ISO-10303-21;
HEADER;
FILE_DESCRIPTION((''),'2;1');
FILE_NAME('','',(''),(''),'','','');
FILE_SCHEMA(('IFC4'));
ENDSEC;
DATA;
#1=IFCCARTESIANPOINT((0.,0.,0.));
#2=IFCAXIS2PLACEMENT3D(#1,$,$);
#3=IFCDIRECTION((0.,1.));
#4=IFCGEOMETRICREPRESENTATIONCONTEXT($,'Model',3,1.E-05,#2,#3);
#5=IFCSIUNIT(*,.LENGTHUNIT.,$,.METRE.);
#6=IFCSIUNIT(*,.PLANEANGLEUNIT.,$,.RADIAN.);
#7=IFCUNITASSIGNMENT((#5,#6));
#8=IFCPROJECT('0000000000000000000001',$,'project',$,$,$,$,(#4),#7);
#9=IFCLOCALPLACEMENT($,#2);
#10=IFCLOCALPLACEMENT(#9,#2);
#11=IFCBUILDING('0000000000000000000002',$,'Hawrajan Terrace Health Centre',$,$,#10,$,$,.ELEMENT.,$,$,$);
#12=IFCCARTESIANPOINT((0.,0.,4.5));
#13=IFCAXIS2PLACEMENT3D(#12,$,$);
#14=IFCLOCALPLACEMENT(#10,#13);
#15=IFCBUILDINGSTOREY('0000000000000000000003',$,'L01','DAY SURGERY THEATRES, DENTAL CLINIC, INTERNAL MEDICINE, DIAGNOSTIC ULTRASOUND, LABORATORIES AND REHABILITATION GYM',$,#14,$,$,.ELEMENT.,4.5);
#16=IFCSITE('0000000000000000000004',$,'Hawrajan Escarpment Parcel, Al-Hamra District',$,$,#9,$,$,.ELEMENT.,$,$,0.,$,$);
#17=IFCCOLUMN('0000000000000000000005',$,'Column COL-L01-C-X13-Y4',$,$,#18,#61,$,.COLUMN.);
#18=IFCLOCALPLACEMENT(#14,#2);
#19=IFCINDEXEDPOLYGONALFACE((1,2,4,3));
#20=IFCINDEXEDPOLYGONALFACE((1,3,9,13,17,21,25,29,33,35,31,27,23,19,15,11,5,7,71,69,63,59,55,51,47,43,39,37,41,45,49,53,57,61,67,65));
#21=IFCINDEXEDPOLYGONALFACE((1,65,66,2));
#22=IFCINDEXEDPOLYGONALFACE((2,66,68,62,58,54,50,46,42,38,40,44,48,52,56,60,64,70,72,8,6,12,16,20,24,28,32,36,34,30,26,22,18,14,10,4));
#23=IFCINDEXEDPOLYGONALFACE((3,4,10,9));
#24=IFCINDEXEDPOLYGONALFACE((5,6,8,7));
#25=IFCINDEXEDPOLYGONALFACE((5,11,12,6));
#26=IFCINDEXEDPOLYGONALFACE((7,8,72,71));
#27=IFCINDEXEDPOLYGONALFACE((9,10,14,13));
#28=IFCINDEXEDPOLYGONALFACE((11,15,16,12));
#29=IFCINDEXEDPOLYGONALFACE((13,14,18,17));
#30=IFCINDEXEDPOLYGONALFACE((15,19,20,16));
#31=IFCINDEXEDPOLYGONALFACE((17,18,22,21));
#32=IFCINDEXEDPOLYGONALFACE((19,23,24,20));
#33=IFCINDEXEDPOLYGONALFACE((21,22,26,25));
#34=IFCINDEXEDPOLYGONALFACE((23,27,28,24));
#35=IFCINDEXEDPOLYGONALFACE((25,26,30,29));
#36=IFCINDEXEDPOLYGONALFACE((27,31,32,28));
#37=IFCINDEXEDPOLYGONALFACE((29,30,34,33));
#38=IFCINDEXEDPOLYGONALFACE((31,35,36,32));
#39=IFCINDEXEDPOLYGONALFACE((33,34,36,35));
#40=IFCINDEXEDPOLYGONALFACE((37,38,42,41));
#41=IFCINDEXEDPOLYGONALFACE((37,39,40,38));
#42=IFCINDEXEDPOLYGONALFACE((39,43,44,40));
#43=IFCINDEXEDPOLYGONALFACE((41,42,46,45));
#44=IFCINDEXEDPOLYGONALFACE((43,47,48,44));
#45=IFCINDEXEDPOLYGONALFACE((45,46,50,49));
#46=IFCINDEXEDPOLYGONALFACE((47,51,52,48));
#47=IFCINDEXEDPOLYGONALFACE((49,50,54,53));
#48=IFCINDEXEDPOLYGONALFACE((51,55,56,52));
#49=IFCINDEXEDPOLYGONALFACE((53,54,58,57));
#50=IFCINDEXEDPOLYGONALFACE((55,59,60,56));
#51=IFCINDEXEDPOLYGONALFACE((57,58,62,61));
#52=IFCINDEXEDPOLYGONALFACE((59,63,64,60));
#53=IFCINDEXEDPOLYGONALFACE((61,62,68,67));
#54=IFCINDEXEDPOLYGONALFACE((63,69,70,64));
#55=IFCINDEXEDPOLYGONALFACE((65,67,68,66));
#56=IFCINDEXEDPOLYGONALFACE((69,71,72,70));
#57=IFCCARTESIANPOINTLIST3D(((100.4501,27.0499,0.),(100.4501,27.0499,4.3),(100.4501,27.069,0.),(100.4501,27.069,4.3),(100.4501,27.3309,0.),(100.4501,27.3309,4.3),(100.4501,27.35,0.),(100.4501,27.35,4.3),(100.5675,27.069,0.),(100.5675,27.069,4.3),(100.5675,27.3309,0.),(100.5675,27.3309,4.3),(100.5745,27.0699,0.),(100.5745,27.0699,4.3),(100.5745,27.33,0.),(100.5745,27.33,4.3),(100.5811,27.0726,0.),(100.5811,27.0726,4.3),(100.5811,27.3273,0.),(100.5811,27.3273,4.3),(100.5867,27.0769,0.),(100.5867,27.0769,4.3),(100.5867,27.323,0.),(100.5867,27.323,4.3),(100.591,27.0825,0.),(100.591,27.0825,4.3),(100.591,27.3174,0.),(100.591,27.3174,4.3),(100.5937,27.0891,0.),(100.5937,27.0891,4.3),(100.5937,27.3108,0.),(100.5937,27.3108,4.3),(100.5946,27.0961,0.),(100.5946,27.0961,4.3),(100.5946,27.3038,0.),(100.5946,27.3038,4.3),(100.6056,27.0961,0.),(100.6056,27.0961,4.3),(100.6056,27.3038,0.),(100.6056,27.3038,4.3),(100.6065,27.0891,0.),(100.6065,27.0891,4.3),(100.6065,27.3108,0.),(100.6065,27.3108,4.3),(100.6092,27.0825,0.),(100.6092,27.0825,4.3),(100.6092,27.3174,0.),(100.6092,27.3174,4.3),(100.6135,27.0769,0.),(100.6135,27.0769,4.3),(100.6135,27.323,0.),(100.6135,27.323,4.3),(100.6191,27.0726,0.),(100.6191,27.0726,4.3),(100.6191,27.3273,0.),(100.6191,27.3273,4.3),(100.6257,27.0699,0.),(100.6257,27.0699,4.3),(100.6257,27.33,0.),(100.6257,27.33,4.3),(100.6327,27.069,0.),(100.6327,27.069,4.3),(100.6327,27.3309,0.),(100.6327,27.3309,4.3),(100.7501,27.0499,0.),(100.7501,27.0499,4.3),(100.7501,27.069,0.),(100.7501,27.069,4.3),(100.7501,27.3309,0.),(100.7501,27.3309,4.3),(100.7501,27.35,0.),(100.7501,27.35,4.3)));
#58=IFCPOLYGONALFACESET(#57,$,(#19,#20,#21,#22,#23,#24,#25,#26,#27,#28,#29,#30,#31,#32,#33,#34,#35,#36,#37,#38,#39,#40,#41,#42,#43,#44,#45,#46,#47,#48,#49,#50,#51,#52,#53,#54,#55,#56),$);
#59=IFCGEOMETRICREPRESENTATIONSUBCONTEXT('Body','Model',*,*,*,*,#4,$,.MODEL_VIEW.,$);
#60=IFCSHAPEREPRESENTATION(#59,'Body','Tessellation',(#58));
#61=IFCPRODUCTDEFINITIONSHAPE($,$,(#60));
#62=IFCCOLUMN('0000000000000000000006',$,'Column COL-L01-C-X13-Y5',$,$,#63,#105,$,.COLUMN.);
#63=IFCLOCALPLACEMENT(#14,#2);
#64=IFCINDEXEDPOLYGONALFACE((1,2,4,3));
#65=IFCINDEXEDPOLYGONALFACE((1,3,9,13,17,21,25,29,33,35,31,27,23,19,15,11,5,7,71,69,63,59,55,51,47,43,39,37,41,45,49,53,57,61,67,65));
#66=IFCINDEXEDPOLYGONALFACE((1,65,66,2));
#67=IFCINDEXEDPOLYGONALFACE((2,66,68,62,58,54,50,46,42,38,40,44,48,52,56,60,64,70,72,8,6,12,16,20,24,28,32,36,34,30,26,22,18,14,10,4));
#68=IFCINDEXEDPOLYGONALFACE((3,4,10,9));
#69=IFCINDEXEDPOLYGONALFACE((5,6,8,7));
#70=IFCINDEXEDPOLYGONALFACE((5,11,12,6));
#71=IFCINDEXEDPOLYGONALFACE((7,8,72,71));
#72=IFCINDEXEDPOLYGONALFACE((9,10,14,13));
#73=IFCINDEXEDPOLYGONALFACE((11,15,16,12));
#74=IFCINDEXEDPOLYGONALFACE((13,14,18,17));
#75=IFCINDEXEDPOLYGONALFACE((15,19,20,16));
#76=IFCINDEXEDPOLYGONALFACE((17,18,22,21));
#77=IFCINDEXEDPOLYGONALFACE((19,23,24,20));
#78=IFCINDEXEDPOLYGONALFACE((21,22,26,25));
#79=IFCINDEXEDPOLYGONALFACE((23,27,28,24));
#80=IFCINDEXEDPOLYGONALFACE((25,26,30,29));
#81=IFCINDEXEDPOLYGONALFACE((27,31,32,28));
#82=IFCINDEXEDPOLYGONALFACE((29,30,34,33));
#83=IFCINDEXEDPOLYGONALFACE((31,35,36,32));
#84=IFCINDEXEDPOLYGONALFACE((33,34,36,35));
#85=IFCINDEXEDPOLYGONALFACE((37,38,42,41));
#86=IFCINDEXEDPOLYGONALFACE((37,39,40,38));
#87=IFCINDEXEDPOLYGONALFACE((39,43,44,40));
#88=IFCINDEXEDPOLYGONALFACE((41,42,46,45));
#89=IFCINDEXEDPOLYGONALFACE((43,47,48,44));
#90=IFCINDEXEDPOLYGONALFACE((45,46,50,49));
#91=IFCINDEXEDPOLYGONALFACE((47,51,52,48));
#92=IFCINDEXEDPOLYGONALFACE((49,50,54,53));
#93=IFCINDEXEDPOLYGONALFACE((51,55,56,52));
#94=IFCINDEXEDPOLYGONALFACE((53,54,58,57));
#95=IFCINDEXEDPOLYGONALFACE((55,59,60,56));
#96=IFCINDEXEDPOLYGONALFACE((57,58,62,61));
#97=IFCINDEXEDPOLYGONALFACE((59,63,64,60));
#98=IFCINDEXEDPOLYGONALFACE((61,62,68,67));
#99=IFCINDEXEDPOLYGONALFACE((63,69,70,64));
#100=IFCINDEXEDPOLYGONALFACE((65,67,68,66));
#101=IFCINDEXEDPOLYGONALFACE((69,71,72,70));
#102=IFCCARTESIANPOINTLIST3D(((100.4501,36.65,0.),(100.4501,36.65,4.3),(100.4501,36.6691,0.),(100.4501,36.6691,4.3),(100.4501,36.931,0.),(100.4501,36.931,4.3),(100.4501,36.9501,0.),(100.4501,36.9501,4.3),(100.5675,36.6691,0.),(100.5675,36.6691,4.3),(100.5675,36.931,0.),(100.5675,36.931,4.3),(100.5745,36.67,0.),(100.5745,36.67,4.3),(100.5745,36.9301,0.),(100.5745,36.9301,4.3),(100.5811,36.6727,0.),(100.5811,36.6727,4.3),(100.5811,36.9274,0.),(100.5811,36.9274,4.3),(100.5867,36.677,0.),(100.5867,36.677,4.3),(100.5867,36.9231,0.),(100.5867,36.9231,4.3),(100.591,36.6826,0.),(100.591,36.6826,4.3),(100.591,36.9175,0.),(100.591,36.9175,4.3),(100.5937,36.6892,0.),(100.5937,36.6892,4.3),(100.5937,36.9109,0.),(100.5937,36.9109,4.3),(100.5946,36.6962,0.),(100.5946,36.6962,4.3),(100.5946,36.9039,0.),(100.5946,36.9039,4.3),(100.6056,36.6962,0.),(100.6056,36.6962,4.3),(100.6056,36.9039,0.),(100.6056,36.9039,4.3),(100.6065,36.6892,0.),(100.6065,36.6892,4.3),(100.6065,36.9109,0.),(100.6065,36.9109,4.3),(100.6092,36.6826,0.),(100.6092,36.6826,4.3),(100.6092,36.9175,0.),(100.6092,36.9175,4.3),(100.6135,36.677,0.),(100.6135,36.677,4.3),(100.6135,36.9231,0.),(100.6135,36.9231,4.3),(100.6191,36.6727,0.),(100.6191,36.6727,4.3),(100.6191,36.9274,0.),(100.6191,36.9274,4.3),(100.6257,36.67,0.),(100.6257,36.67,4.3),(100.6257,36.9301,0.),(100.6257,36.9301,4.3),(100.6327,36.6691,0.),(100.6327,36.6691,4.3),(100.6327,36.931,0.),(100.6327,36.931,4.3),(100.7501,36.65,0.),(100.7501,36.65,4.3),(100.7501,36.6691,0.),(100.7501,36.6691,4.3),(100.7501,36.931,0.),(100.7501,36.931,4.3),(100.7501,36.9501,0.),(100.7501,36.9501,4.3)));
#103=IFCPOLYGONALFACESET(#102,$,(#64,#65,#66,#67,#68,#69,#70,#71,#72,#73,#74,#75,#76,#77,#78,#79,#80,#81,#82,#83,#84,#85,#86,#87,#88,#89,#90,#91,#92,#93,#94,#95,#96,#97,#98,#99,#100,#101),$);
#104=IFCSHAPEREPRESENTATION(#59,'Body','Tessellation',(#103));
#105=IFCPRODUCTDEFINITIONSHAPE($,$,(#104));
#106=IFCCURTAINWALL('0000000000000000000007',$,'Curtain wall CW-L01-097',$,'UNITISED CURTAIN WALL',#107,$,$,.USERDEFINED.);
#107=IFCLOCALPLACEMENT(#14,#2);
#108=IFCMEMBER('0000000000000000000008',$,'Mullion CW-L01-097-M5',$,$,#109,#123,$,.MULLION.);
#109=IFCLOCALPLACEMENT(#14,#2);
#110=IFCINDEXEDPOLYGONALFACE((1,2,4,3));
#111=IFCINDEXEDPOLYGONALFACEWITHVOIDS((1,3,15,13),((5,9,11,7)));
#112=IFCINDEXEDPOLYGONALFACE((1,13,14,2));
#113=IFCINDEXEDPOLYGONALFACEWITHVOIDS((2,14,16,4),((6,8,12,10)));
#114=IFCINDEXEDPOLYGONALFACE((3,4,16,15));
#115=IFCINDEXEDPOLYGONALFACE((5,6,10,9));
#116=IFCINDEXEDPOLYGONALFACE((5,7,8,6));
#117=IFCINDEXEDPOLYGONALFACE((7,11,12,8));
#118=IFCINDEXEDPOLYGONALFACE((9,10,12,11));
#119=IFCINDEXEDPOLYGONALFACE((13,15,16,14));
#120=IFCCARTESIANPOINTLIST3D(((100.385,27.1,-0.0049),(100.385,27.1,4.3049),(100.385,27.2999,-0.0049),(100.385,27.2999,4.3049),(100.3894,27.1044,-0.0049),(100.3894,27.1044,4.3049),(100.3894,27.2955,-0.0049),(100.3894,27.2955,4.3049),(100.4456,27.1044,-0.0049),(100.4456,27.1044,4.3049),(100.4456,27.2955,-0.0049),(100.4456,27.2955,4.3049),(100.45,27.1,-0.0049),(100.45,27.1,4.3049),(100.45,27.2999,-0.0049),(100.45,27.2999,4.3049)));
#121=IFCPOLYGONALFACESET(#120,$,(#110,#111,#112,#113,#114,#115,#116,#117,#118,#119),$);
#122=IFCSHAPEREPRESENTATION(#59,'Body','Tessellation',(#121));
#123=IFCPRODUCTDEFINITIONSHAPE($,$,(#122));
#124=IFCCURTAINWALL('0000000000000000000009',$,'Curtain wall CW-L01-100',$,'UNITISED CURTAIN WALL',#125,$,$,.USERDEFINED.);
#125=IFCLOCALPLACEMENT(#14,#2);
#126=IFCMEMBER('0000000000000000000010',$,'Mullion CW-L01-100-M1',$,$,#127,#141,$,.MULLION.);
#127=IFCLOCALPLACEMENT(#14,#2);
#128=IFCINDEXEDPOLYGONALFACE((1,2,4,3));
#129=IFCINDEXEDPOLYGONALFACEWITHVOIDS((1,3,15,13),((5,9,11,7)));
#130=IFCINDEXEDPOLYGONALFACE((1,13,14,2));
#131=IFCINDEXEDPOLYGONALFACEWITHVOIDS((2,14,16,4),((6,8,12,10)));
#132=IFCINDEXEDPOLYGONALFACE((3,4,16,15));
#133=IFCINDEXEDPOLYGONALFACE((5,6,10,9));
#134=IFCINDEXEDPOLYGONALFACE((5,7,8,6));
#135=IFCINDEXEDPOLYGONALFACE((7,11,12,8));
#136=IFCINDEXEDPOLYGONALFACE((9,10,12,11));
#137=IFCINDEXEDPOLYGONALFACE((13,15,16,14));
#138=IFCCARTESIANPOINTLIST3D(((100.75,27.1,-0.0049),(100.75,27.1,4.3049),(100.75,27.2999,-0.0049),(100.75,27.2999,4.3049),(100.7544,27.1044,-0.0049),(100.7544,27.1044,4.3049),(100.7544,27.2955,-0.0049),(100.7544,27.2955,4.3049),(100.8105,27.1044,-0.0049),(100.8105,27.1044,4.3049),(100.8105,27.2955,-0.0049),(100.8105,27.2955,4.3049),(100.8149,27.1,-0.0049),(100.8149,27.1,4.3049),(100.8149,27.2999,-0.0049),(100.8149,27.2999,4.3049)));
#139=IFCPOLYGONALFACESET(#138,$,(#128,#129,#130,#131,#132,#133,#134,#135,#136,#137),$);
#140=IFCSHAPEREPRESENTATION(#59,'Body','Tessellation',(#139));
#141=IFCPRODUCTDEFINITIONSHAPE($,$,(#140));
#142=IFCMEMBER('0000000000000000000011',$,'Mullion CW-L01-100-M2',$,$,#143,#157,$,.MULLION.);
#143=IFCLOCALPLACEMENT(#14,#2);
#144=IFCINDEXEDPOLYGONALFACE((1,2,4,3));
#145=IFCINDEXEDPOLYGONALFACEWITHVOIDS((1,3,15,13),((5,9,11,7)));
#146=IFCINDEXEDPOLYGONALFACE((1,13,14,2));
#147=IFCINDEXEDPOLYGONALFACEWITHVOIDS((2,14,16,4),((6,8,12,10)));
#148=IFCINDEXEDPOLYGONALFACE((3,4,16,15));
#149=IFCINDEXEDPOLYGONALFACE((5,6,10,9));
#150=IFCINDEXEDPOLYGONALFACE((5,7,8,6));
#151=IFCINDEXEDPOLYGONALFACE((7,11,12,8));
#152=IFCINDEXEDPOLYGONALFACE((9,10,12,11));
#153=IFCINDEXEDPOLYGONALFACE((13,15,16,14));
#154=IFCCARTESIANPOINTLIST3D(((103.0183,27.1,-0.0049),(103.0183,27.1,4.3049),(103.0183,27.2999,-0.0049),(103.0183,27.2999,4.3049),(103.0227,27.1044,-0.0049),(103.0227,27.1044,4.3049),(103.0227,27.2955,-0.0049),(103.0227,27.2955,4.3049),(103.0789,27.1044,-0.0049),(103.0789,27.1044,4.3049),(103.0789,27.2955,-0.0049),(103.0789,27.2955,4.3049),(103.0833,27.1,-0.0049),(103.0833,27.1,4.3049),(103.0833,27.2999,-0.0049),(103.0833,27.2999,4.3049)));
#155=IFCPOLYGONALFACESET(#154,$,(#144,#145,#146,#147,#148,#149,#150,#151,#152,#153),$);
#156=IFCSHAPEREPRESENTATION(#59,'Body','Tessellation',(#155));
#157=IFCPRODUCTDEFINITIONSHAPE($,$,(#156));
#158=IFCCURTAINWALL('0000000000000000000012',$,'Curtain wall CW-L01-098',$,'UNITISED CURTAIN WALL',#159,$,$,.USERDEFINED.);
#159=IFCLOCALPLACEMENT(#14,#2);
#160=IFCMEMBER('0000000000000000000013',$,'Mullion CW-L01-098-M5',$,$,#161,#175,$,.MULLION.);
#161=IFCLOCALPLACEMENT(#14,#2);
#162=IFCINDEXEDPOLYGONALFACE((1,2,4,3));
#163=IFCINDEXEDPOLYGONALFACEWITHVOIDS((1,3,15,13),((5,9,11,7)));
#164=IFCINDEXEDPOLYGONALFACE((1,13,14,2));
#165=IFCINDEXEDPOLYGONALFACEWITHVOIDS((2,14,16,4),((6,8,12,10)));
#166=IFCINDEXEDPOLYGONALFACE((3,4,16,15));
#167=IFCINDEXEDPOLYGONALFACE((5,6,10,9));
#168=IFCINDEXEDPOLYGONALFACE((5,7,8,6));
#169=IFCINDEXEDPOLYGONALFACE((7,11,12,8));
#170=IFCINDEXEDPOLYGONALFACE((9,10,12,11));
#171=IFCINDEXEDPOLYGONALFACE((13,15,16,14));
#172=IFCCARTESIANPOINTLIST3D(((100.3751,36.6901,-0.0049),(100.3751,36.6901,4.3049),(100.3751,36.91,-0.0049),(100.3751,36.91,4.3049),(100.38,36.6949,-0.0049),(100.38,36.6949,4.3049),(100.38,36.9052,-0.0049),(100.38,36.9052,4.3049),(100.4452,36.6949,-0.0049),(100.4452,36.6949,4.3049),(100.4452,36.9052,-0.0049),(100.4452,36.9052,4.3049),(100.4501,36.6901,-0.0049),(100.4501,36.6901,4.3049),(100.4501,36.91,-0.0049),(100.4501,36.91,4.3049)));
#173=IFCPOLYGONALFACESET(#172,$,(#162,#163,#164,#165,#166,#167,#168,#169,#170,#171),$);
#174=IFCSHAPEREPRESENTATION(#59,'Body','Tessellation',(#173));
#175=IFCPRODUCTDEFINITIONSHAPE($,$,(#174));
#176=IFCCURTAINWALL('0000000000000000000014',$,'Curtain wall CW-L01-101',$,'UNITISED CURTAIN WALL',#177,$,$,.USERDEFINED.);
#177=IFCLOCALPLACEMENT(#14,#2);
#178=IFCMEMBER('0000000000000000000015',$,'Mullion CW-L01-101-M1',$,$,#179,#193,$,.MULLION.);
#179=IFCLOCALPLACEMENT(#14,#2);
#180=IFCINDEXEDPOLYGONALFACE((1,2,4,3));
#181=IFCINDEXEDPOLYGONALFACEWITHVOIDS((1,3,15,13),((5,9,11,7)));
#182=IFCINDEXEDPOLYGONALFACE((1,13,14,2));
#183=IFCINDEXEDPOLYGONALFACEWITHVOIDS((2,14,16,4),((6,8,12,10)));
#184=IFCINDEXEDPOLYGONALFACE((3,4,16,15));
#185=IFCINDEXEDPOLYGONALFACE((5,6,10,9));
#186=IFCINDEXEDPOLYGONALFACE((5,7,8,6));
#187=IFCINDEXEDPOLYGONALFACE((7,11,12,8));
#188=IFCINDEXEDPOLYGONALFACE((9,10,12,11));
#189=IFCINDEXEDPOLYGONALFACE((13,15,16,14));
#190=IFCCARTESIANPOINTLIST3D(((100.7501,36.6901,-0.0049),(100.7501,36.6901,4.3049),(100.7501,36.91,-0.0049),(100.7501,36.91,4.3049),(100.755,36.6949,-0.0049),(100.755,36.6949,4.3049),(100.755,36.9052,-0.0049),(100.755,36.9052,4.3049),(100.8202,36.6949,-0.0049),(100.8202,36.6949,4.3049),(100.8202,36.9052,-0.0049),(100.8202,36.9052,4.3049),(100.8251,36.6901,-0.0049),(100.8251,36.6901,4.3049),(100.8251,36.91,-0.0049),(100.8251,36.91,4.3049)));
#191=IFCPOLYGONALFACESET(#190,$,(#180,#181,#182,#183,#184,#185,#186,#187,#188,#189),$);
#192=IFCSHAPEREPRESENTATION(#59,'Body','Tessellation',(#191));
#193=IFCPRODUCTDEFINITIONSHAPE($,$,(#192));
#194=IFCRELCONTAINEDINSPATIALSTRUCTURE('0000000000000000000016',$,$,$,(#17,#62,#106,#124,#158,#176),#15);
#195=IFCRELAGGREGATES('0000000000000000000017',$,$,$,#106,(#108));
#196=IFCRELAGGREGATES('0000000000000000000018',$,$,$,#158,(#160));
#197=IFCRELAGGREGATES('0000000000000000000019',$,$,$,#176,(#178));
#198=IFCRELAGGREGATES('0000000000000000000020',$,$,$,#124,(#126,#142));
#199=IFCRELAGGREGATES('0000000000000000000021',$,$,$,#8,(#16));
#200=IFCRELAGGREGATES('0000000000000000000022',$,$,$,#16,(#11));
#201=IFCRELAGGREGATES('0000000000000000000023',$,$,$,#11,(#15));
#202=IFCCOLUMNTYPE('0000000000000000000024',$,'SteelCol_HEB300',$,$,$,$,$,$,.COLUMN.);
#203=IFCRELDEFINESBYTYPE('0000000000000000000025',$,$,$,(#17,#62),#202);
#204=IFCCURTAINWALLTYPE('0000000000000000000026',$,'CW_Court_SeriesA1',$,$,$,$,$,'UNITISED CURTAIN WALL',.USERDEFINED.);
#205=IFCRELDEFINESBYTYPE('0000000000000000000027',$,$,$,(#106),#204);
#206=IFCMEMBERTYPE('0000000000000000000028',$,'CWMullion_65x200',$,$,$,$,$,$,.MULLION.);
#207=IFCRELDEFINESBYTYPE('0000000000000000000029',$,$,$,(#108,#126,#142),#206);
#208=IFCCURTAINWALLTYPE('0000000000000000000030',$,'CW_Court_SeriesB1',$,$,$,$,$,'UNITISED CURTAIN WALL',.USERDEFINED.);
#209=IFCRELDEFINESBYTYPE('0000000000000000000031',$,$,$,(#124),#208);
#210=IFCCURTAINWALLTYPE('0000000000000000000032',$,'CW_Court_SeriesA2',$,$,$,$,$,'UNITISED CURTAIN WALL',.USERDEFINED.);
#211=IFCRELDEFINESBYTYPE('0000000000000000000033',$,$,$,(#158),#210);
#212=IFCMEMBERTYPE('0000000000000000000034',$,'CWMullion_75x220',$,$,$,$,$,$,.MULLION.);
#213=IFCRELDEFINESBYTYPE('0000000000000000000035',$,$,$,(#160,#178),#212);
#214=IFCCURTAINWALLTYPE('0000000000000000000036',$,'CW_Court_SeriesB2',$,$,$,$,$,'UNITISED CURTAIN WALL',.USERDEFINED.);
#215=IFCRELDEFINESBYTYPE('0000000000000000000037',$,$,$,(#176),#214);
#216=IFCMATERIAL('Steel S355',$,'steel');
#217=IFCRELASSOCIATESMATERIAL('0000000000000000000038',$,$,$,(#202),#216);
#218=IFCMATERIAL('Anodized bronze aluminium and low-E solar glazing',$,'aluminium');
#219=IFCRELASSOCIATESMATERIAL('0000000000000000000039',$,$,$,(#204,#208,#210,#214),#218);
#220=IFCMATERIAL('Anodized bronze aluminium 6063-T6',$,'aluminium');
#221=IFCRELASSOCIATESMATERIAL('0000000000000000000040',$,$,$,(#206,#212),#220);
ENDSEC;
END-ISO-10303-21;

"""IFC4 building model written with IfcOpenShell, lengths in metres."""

from ifc_helpers import new_model, si_unit, direction, frame, origin, origin_2d, place, context, subcontext, project, spatial, hollow_rectangle, i_section, extrude, material, material_profile, profile_set, type_object, element, aggregate, save


model = new_model("IFC4")

# Units and contexts
model_context = context("Model", 3, precision=1e-05, world=origin(), true_north=direction((0.0, 1.0)))
body_context = subcontext(model_context, "Body", "Model", "MODEL_VIEW")
ifc_project = project(units=[si_unit("LENGTHUNIT", "METRE"), si_unit("PLANEANGLEUNIT", "RADIAN")], contexts=[model_context])

# Site, building, storey
site_placement = place(None, origin())
site = spatial("IfcSite", under=ifc_project, at=site_placement, Name="Hawrajan Escarpment Parcel, Al-Hamra District", CompositionType="ELEMENT", RefElevation=0.0)
building_placement = place(site_placement, origin())
building = spatial("IfcBuilding", under=site, at=building_placement, Name="Hawrajan Terrace Health Centre", CompositionType="ELEMENT")
storey_placement = place(building_placement, frame((0.0, 0.0, 4.5)))
storey = spatial("IfcBuildingStorey", under=building, at=storey_placement, Name="L01", Description="DAY SURGERY THEATRES, DENTAL CLINIC, INTERNAL MEDICINE, DIAGNOSTIC ULTRASOUND, LABORATORIES AND REHABILITATION GYM", CompositionType="ELEMENT", Elevation=4.5)

# Columns
ifc_material_1 = material(Name="Steel S355", Category="steel")
ifc_material_profile_1 = material_profile(ifc_material_1, i_section(OverallWidth=0.3, OverallDepth=0.3, WebThickness=0.011, FlangeThickness=0.019, FilletRadius=0.0271, at=origin_2d()), Name="HEB 300")
ifc_profile_set_1 = profile_set([ifc_material_profile_1], Name="Steel S355")
column_type = type_object("IfcColumnType", Name="SteelCol_HEB300", PredefinedType="COLUMN", material=ifc_profile_set_1)
for number, where, z_axis, x_axis, name in (
    (1, (100.6001, 27.2, 0.0), (0.0, 0.0, 1.0), (1.0, 0.0, 0.0), "Column COL-L01-C-X13-Y4"),
    (2, (100.6001, 36.8, 0.0), (0.0, 0.0, 1.0), (1.0, 0.0, 0.0), "Column COL-L01-C-X13-Y5"),
):
    element("IfcColumn", number, at=place(storey_placement, frame(where, z_axis=z_axis, x_axis=x_axis)), inside=storey, type_object=column_type, Name=name, PredefinedType="COLUMN", context=body_context, shape_type="SweptSolid", body=[
        extrude(i_section(OverallWidth=0.3, OverallDepth=0.3, WebThickness=0.011, FlangeThickness=0.019, FilletRadius=0.0271, at=origin_2d()), origin(), (0.0, 0.0, 1.0), 4.3),
    ])

# Curtain wall, member
ifc_material_2 = material(Name="Anodized bronze aluminium and low-E solar glazing", Category="aluminium")
curtain_wall_type_1 = type_object("IfcCurtainWallType", Name="CW_Court_SeriesA1", ElementType="UNITISED CURTAIN WALL", PredefinedType="USERDEFINED", material=ifc_material_2)
curtain_wall_1_placement = place(storey_placement, origin())
curtain_wall_1 = element("IfcCurtainWall", 3, at=curtain_wall_1_placement, inside=storey, type_object=curtain_wall_type_1, Name="Curtain wall CW-L01-097", ObjectType="UNITISED CURTAIN WALL", PredefinedType="USERDEFINED")
ifc_material_3 = material(Name="Anodized bronze aluminium 6063-T6", Category="aluminium")
ifc_material_profile_2 = material_profile(ifc_material_3, hollow_rectangle(XDim=0.0649, YDim=0.2, WallThickness=0.0044, at=origin_2d()), Name="CW MUL 65x200")
ifc_profile_set_2 = profile_set([ifc_material_profile_2], Name="Anodized bronze aluminium 6063-T6")
member_type_1 = type_object("IfcMemberType", Name="CWMullion_65x200", PredefinedType="MULLION", material=ifc_profile_set_2)
member_1_placement = place(storey_placement, frame((100.4175, 27.2, -0.0049), z_axis=(0.0, 0.0, 1.0), x_axis=(1.0, 0.0, 0.0)))
member_1 = element("IfcMember", 4, at=member_1_placement, type_object=member_type_1, Name="Mullion CW-L01-097-M5", PredefinedType="MULLION", context=body_context, shape_type="SweptSolid", body=[
    extrude(hollow_rectangle(XDim=0.0649, YDim=0.2, WallThickness=0.0044, at=origin_2d()), origin(), (0.0, 0.0, 1.0), 4.3098),
])
aggregate(curtain_wall_1, [member_1])

# Curtain wall, members
curtain_wall_type_2 = type_object("IfcCurtainWallType", Name="CW_Court_SeriesB1", ElementType="UNITISED CURTAIN WALL", PredefinedType="USERDEFINED", material=ifc_material_2)
curtain_wall_2_placement = place(storey_placement, origin())
curtain_wall_2 = element("IfcCurtainWall", 5, at=curtain_wall_2_placement, inside=storey, type_object=curtain_wall_type_2, Name="Curtain wall CW-L01-100", ObjectType="UNITISED CURTAIN WALL", PredefinedType="USERDEFINED")
member_2_placement = place(storey_placement, frame((100.7825, 27.2, -0.0049), z_axis=(0.0, 0.0, 1.0), x_axis=(1.0, 0.0, 0.0)))
member_2 = element("IfcMember", 6, at=member_2_placement, type_object=member_type_1, Name="Mullion CW-L01-100-M1", PredefinedType="MULLION", context=body_context, shape_type="SweptSolid", body=[
    extrude(hollow_rectangle(XDim=0.0649, YDim=0.2, WallThickness=0.0044, at=origin_2d()), origin(), (0.0, 0.0, 1.0), 4.3098),
])
member_3_placement = place(storey_placement, frame((103.0508, 27.2, -0.0049), z_axis=(0.0, 0.0, 1.0), x_axis=(1.0, 0.0, 0.0)))
member_3 = element("IfcMember", 7, at=member_3_placement, type_object=member_type_1, Name="Mullion CW-L01-100-M2", PredefinedType="MULLION", context=body_context, shape_type="SweptSolid", body=[
    extrude(hollow_rectangle(XDim=0.0649, YDim=0.2, WallThickness=0.0044, at=origin_2d()), origin(), (0.0, 0.0, 1.0), 4.3098),
])

# Curtain wall, member
curtain_wall_type_3 = type_object("IfcCurtainWallType", Name="CW_Court_SeriesA2", ElementType="UNITISED CURTAIN WALL", PredefinedType="USERDEFINED", material=ifc_material_2)
curtain_wall_3_placement = place(storey_placement, origin())
curtain_wall_3 = element("IfcCurtainWall", 8, at=curtain_wall_3_placement, inside=storey, type_object=curtain_wall_type_3, Name="Curtain wall CW-L01-098", ObjectType="UNITISED CURTAIN WALL", PredefinedType="USERDEFINED")
ifc_material_profile_3 = material_profile(ifc_material_3, hollow_rectangle(XDim=0.075, YDim=0.22, WallThickness=0.0049, at=origin_2d()), Name="CW MUL 75x220")
ifc_profile_set_3 = profile_set([ifc_material_profile_3], Name="Anodized bronze aluminium 6063-T6")
member_type_2 = type_object("IfcMemberType", Name="CWMullion_75x220", PredefinedType="MULLION", material=ifc_profile_set_3)
member_4_placement = place(storey_placement, frame((100.4126, 36.8, -0.0049), z_axis=(0.0, 0.0, 1.0), x_axis=(1.0, 0.0, 0.0)))
member_4 = element("IfcMember", 9, at=member_4_placement, type_object=member_type_2, Name="Mullion CW-L01-098-M5", PredefinedType="MULLION", context=body_context, shape_type="SweptSolid", body=[
    extrude(hollow_rectangle(XDim=0.075, YDim=0.22, WallThickness=0.0049, at=origin_2d()), origin(), (0.0, 0.0, 1.0), 4.3098),
])
aggregate(curtain_wall_3, [member_4])

# Curtain wall, member
curtain_wall_type_4 = type_object("IfcCurtainWallType", Name="CW_Court_SeriesB2", ElementType="UNITISED CURTAIN WALL", PredefinedType="USERDEFINED", material=ifc_material_2)
curtain_wall_4_placement = place(storey_placement, origin())
curtain_wall_4 = element("IfcCurtainWall", 10, at=curtain_wall_4_placement, inside=storey, type_object=curtain_wall_type_4, Name="Curtain wall CW-L01-101", ObjectType="UNITISED CURTAIN WALL", PredefinedType="USERDEFINED")
member_5_placement = place(storey_placement, frame((100.7876, 36.8, -0.0049), z_axis=(0.0, 0.0, 1.0), x_axis=(1.0, 0.0, 0.0)))
member_5 = element("IfcMember", 11, at=member_5_placement, type_object=member_type_2, Name="Mullion CW-L01-101-M1", PredefinedType="MULLION", context=body_context, shape_type="SweptSolid", body=[
    extrude(hollow_rectangle(XDim=0.075, YDim=0.22, WallThickness=0.0049, at=origin_2d()), origin(), (0.0, 0.0, 1.0), 4.3098),
])

aggregate(curtain_wall_4, [member_5])
aggregate(curtain_wall_2, [member_2, member_3])

save(model, "model.ifc")
